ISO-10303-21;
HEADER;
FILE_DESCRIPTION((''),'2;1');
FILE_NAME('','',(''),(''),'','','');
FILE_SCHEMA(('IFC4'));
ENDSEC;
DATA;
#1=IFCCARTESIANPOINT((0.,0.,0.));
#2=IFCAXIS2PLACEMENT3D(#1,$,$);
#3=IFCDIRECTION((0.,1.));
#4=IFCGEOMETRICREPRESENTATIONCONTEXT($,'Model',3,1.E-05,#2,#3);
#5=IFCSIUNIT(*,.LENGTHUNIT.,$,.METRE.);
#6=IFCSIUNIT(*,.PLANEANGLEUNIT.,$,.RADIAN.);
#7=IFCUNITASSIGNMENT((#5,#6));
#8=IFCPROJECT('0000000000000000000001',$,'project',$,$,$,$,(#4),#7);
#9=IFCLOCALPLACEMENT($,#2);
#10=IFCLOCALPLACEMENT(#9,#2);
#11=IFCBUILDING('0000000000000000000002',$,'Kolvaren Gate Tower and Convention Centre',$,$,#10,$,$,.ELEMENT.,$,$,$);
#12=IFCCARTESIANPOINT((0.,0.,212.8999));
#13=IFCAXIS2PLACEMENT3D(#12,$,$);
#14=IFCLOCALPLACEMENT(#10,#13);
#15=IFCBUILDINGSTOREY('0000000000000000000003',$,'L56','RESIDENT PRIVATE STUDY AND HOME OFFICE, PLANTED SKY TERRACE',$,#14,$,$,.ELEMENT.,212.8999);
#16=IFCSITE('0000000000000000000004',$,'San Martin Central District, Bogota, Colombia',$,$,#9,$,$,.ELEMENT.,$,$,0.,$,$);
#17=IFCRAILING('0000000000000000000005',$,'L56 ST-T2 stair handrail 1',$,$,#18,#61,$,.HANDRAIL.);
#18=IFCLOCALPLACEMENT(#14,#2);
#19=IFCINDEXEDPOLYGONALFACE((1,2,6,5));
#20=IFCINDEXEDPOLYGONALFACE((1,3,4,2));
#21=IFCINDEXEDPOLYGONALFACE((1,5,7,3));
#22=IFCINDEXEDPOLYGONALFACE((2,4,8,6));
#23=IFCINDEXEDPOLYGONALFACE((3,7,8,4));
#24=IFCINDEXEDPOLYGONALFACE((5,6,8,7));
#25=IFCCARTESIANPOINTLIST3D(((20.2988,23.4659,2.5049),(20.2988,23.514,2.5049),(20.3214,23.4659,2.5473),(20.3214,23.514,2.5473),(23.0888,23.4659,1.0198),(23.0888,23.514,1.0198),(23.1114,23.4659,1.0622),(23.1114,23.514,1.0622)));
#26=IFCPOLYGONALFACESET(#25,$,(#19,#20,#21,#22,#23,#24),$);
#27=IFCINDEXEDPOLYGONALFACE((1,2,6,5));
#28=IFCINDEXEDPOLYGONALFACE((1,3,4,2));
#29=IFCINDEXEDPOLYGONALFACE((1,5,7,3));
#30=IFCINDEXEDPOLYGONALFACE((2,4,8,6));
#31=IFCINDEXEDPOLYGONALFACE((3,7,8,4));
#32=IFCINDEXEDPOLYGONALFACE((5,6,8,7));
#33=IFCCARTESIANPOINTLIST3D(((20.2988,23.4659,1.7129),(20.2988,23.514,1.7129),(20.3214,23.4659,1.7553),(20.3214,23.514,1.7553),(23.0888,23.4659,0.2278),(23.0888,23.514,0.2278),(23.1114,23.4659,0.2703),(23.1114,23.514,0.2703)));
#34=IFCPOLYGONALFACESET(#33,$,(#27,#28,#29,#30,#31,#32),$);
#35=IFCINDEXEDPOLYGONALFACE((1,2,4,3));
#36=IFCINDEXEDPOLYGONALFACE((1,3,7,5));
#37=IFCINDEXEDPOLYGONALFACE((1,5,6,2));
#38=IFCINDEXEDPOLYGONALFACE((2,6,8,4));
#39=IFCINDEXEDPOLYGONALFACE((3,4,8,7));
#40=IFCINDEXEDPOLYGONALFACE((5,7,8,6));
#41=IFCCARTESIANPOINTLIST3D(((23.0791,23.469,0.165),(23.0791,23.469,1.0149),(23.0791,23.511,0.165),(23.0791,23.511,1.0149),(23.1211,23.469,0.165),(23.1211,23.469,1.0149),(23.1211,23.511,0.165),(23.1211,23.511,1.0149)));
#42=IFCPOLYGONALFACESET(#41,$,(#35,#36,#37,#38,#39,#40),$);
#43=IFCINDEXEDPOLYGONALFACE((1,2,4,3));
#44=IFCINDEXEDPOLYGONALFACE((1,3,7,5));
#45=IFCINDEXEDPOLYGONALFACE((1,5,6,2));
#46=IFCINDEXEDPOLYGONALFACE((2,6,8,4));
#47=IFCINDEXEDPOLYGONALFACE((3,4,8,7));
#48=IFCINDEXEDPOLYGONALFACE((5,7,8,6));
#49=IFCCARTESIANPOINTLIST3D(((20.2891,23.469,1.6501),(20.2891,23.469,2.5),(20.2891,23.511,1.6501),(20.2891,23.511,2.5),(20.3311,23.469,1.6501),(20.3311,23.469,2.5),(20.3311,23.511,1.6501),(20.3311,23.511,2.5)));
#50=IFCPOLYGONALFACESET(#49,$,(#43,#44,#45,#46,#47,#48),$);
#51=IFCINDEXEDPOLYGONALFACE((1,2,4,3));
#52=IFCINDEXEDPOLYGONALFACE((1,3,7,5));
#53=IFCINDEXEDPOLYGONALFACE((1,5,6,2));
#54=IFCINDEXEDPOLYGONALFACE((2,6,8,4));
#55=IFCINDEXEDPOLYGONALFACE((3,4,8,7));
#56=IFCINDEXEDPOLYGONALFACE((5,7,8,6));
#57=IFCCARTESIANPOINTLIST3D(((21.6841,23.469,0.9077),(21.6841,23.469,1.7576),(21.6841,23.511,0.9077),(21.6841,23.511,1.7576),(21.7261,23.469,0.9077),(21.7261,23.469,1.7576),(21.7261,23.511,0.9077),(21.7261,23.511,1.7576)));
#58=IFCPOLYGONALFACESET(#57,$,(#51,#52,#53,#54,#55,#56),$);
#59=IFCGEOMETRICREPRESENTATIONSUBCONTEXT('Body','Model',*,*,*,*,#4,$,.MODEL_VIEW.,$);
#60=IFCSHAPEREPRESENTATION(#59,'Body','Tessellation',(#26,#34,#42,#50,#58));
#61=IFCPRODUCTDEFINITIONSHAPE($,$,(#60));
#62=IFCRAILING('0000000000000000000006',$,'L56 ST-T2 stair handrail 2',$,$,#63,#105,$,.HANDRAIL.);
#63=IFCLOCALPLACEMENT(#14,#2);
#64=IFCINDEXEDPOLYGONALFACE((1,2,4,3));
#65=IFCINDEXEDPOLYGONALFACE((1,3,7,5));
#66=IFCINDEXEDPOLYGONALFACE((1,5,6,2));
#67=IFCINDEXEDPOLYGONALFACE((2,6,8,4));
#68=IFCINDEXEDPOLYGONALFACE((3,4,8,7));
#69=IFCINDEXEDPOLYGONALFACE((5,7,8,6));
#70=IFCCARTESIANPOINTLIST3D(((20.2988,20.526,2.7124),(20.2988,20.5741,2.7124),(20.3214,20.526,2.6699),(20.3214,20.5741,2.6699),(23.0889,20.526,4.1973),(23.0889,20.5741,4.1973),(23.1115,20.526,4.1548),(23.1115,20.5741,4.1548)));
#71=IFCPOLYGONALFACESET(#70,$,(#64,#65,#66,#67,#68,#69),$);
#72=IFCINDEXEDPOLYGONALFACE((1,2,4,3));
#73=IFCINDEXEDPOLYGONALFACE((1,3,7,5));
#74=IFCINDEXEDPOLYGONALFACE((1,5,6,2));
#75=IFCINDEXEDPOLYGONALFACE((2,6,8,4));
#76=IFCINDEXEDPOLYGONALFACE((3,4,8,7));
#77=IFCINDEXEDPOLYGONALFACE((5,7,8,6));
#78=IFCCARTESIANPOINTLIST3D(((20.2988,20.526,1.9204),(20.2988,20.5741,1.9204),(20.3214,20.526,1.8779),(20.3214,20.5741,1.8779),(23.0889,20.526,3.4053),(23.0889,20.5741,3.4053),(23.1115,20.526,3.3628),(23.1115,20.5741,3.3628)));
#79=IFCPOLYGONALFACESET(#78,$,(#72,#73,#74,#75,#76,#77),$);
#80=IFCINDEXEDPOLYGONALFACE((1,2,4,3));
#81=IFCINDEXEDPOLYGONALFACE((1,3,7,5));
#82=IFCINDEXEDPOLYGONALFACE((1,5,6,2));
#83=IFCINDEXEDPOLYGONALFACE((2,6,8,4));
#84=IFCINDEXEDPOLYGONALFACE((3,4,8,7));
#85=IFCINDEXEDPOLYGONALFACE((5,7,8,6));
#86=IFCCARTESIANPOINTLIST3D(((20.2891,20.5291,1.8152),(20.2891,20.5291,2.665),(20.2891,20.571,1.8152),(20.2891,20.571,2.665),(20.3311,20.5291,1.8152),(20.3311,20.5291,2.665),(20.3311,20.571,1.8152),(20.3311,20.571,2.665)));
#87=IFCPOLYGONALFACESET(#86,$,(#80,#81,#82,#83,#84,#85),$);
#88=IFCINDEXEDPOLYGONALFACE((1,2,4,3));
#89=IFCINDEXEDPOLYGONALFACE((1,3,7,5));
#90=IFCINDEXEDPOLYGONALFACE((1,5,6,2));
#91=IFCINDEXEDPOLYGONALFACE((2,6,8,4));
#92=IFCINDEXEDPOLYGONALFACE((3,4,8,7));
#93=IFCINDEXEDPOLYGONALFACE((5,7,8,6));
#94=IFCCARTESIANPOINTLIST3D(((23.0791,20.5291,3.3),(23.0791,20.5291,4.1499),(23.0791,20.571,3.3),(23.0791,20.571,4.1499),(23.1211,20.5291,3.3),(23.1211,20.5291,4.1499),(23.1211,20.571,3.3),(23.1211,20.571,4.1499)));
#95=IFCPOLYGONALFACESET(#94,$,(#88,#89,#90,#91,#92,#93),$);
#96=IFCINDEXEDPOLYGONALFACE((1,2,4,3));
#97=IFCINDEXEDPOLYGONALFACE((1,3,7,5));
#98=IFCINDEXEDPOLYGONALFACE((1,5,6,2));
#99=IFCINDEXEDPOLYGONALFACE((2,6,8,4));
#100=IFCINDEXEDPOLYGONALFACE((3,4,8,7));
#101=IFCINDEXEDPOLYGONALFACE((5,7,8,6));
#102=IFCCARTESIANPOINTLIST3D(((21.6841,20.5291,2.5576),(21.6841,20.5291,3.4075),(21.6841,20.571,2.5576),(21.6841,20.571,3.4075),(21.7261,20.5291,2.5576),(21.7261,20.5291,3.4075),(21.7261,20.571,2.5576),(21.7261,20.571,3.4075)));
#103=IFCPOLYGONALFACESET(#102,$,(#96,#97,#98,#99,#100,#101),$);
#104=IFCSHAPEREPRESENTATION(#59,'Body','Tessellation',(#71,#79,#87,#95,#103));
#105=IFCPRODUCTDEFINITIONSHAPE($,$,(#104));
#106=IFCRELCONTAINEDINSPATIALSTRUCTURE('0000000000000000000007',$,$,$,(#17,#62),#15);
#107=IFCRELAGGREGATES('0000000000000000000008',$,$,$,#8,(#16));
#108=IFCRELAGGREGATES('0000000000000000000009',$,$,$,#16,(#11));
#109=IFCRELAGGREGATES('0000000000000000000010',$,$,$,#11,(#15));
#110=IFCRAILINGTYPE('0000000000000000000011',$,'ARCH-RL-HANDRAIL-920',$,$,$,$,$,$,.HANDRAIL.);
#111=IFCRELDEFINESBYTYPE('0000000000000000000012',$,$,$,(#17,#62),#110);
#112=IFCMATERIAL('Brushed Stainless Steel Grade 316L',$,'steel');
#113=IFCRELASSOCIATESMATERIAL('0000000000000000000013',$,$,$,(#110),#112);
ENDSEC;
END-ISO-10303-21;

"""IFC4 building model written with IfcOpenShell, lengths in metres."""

from ifc_helpers import new_model, si_unit, direction, frame, origin, origin_2d, place, context, subcontext, project, spatial, rectangle, extrude, material, type_object, element, save


model = new_model("IFC4")

# Units and contexts
model_context = context("Model", 3, precision=1e-05, world=origin(), true_north=direction((0.0, 1.0)))
body_context = subcontext(model_context, "Body", "Model", "MODEL_VIEW")
ifc_project = project(units=[si_unit("LENGTHUNIT", "METRE"), si_unit("PLANEANGLEUNIT", "RADIAN")], contexts=[model_context])

# Site, building, storey
site_placement = place(None, origin())
site = spatial("IfcSite", under=ifc_project, at=site_placement, Name="San Martin Central District, Bogota, Colombia", CompositionType="ELEMENT", RefElevation=0.0)
building_placement = place(site_placement, origin())
building = spatial("IfcBuilding", under=site, at=building_placement, Name="Kolvaren Gate Tower and Convention Centre", CompositionType="ELEMENT")
storey_placement = place(building_placement, frame((0.0, 0.0, 212.8999)))
storey = spatial("IfcBuildingStorey", under=building, at=storey_placement, Name="L56", Description="RESIDENT PRIVATE STUDY AND HOME OFFICE, PLANTED SKY TERRACE", CompositionType="ELEMENT", Elevation=212.8999)

# Shared definitions
ifc_material_1 = material(Name="Brushed Stainless Steel Grade 316L", Category="steel")

# Railings
railing_type_1 = type_object("IfcRailingType", Name="ARCH-RL-HANDRAIL-920", PredefinedType="HANDRAIL", material=ifc_material_1)
railing_1_placement = place(storey_placement, frame((23.1001, 23.49, 0.165)))
element("IfcRailing", 1, at=railing_1_placement, inside=storey, type_object=railing_type_1, Name="L56 ST-T2 stair handrail 1", PredefinedType="HANDRAIL", context=body_context, shape_type="SweptSolid", body=[
    extrude(rectangle(XDim=0.0481, YDim=0.0481, at=origin_2d()), frame((0.0, 0.0, 0.876), z_axis=(-0.882735, 0.0, 0.46987), x_axis=(0.0, -1.0, 0.0)), (0.0, 0.0, 1.0), 3.1606),
    extrude(rectangle(XDim=0.0481, YDim=0.0481, at=origin_2d()), frame((0.0, 0.0, 0.084), z_axis=(-0.882735, 0.0, 0.46987), x_axis=(0.0, -1.0, 0.0)), (0.0, 0.0, 1.0), 3.1606),
    extrude(rectangle(XDim=0.042, YDim=0.042, at=origin_2d()), origin(), (0.0, 0.0, 1.0), 0.8499),
    extrude(rectangle(XDim=0.042, YDim=0.042, at=origin_2d()), frame((-2.79, 0.0, 1.4851)), (0.0, 0.0, 1.0), 0.8499),
    extrude(rectangle(XDim=0.042, YDim=0.042, at=origin_2d()), frame((-1.395, 0.0, 0.7427)), (0.0, 0.0, 1.0), 0.8499),
])
railing_2_placement = place(storey_placement, frame((20.3101, 20.55, 1.8152)))
element("IfcRailing", 2, at=railing_2_placement, inside=storey, type_object=railing_type_1, Name="L56 ST-T2 stair handrail 2", PredefinedType="HANDRAIL", context=body_context, shape_type="SweptSolid", body=[
    extrude(rectangle(XDim=0.0481, YDim=0.0481, at=origin_2d()), frame((0.0, 0.0, 0.876), z_axis=(0.882767, 0.0, 0.46981), x_axis=(0.0, 1.0, 0.0)), (0.0, 0.0, 1.0), 3.1606),
    extrude(rectangle(XDim=0.0481, YDim=0.0481, at=origin_2d()), frame((0.0, 0.0, 0.084), z_axis=(0.882767, 0.0, 0.46981), x_axis=(0.0, 1.0, 0.0)), (0.0, 0.0, 1.0), 3.1606),
    extrude(rectangle(XDim=0.042, YDim=0.042, at=origin_2d()), origin(), (0.0, 0.0, 1.0), 0.8499),
    extrude(rectangle(XDim=0.042, YDim=0.042, at=origin_2d()), frame((2.79, 0.0, 1.4849)), (0.0, 0.0, 1.0), 0.8499),
    extrude(rectangle(XDim=0.042, YDim=0.042, at=origin_2d()), frame((1.395, 0.0, 0.7424)), (0.0, 0.0, 1.0), 0.8499),
])

save(model, "model.ifc")
